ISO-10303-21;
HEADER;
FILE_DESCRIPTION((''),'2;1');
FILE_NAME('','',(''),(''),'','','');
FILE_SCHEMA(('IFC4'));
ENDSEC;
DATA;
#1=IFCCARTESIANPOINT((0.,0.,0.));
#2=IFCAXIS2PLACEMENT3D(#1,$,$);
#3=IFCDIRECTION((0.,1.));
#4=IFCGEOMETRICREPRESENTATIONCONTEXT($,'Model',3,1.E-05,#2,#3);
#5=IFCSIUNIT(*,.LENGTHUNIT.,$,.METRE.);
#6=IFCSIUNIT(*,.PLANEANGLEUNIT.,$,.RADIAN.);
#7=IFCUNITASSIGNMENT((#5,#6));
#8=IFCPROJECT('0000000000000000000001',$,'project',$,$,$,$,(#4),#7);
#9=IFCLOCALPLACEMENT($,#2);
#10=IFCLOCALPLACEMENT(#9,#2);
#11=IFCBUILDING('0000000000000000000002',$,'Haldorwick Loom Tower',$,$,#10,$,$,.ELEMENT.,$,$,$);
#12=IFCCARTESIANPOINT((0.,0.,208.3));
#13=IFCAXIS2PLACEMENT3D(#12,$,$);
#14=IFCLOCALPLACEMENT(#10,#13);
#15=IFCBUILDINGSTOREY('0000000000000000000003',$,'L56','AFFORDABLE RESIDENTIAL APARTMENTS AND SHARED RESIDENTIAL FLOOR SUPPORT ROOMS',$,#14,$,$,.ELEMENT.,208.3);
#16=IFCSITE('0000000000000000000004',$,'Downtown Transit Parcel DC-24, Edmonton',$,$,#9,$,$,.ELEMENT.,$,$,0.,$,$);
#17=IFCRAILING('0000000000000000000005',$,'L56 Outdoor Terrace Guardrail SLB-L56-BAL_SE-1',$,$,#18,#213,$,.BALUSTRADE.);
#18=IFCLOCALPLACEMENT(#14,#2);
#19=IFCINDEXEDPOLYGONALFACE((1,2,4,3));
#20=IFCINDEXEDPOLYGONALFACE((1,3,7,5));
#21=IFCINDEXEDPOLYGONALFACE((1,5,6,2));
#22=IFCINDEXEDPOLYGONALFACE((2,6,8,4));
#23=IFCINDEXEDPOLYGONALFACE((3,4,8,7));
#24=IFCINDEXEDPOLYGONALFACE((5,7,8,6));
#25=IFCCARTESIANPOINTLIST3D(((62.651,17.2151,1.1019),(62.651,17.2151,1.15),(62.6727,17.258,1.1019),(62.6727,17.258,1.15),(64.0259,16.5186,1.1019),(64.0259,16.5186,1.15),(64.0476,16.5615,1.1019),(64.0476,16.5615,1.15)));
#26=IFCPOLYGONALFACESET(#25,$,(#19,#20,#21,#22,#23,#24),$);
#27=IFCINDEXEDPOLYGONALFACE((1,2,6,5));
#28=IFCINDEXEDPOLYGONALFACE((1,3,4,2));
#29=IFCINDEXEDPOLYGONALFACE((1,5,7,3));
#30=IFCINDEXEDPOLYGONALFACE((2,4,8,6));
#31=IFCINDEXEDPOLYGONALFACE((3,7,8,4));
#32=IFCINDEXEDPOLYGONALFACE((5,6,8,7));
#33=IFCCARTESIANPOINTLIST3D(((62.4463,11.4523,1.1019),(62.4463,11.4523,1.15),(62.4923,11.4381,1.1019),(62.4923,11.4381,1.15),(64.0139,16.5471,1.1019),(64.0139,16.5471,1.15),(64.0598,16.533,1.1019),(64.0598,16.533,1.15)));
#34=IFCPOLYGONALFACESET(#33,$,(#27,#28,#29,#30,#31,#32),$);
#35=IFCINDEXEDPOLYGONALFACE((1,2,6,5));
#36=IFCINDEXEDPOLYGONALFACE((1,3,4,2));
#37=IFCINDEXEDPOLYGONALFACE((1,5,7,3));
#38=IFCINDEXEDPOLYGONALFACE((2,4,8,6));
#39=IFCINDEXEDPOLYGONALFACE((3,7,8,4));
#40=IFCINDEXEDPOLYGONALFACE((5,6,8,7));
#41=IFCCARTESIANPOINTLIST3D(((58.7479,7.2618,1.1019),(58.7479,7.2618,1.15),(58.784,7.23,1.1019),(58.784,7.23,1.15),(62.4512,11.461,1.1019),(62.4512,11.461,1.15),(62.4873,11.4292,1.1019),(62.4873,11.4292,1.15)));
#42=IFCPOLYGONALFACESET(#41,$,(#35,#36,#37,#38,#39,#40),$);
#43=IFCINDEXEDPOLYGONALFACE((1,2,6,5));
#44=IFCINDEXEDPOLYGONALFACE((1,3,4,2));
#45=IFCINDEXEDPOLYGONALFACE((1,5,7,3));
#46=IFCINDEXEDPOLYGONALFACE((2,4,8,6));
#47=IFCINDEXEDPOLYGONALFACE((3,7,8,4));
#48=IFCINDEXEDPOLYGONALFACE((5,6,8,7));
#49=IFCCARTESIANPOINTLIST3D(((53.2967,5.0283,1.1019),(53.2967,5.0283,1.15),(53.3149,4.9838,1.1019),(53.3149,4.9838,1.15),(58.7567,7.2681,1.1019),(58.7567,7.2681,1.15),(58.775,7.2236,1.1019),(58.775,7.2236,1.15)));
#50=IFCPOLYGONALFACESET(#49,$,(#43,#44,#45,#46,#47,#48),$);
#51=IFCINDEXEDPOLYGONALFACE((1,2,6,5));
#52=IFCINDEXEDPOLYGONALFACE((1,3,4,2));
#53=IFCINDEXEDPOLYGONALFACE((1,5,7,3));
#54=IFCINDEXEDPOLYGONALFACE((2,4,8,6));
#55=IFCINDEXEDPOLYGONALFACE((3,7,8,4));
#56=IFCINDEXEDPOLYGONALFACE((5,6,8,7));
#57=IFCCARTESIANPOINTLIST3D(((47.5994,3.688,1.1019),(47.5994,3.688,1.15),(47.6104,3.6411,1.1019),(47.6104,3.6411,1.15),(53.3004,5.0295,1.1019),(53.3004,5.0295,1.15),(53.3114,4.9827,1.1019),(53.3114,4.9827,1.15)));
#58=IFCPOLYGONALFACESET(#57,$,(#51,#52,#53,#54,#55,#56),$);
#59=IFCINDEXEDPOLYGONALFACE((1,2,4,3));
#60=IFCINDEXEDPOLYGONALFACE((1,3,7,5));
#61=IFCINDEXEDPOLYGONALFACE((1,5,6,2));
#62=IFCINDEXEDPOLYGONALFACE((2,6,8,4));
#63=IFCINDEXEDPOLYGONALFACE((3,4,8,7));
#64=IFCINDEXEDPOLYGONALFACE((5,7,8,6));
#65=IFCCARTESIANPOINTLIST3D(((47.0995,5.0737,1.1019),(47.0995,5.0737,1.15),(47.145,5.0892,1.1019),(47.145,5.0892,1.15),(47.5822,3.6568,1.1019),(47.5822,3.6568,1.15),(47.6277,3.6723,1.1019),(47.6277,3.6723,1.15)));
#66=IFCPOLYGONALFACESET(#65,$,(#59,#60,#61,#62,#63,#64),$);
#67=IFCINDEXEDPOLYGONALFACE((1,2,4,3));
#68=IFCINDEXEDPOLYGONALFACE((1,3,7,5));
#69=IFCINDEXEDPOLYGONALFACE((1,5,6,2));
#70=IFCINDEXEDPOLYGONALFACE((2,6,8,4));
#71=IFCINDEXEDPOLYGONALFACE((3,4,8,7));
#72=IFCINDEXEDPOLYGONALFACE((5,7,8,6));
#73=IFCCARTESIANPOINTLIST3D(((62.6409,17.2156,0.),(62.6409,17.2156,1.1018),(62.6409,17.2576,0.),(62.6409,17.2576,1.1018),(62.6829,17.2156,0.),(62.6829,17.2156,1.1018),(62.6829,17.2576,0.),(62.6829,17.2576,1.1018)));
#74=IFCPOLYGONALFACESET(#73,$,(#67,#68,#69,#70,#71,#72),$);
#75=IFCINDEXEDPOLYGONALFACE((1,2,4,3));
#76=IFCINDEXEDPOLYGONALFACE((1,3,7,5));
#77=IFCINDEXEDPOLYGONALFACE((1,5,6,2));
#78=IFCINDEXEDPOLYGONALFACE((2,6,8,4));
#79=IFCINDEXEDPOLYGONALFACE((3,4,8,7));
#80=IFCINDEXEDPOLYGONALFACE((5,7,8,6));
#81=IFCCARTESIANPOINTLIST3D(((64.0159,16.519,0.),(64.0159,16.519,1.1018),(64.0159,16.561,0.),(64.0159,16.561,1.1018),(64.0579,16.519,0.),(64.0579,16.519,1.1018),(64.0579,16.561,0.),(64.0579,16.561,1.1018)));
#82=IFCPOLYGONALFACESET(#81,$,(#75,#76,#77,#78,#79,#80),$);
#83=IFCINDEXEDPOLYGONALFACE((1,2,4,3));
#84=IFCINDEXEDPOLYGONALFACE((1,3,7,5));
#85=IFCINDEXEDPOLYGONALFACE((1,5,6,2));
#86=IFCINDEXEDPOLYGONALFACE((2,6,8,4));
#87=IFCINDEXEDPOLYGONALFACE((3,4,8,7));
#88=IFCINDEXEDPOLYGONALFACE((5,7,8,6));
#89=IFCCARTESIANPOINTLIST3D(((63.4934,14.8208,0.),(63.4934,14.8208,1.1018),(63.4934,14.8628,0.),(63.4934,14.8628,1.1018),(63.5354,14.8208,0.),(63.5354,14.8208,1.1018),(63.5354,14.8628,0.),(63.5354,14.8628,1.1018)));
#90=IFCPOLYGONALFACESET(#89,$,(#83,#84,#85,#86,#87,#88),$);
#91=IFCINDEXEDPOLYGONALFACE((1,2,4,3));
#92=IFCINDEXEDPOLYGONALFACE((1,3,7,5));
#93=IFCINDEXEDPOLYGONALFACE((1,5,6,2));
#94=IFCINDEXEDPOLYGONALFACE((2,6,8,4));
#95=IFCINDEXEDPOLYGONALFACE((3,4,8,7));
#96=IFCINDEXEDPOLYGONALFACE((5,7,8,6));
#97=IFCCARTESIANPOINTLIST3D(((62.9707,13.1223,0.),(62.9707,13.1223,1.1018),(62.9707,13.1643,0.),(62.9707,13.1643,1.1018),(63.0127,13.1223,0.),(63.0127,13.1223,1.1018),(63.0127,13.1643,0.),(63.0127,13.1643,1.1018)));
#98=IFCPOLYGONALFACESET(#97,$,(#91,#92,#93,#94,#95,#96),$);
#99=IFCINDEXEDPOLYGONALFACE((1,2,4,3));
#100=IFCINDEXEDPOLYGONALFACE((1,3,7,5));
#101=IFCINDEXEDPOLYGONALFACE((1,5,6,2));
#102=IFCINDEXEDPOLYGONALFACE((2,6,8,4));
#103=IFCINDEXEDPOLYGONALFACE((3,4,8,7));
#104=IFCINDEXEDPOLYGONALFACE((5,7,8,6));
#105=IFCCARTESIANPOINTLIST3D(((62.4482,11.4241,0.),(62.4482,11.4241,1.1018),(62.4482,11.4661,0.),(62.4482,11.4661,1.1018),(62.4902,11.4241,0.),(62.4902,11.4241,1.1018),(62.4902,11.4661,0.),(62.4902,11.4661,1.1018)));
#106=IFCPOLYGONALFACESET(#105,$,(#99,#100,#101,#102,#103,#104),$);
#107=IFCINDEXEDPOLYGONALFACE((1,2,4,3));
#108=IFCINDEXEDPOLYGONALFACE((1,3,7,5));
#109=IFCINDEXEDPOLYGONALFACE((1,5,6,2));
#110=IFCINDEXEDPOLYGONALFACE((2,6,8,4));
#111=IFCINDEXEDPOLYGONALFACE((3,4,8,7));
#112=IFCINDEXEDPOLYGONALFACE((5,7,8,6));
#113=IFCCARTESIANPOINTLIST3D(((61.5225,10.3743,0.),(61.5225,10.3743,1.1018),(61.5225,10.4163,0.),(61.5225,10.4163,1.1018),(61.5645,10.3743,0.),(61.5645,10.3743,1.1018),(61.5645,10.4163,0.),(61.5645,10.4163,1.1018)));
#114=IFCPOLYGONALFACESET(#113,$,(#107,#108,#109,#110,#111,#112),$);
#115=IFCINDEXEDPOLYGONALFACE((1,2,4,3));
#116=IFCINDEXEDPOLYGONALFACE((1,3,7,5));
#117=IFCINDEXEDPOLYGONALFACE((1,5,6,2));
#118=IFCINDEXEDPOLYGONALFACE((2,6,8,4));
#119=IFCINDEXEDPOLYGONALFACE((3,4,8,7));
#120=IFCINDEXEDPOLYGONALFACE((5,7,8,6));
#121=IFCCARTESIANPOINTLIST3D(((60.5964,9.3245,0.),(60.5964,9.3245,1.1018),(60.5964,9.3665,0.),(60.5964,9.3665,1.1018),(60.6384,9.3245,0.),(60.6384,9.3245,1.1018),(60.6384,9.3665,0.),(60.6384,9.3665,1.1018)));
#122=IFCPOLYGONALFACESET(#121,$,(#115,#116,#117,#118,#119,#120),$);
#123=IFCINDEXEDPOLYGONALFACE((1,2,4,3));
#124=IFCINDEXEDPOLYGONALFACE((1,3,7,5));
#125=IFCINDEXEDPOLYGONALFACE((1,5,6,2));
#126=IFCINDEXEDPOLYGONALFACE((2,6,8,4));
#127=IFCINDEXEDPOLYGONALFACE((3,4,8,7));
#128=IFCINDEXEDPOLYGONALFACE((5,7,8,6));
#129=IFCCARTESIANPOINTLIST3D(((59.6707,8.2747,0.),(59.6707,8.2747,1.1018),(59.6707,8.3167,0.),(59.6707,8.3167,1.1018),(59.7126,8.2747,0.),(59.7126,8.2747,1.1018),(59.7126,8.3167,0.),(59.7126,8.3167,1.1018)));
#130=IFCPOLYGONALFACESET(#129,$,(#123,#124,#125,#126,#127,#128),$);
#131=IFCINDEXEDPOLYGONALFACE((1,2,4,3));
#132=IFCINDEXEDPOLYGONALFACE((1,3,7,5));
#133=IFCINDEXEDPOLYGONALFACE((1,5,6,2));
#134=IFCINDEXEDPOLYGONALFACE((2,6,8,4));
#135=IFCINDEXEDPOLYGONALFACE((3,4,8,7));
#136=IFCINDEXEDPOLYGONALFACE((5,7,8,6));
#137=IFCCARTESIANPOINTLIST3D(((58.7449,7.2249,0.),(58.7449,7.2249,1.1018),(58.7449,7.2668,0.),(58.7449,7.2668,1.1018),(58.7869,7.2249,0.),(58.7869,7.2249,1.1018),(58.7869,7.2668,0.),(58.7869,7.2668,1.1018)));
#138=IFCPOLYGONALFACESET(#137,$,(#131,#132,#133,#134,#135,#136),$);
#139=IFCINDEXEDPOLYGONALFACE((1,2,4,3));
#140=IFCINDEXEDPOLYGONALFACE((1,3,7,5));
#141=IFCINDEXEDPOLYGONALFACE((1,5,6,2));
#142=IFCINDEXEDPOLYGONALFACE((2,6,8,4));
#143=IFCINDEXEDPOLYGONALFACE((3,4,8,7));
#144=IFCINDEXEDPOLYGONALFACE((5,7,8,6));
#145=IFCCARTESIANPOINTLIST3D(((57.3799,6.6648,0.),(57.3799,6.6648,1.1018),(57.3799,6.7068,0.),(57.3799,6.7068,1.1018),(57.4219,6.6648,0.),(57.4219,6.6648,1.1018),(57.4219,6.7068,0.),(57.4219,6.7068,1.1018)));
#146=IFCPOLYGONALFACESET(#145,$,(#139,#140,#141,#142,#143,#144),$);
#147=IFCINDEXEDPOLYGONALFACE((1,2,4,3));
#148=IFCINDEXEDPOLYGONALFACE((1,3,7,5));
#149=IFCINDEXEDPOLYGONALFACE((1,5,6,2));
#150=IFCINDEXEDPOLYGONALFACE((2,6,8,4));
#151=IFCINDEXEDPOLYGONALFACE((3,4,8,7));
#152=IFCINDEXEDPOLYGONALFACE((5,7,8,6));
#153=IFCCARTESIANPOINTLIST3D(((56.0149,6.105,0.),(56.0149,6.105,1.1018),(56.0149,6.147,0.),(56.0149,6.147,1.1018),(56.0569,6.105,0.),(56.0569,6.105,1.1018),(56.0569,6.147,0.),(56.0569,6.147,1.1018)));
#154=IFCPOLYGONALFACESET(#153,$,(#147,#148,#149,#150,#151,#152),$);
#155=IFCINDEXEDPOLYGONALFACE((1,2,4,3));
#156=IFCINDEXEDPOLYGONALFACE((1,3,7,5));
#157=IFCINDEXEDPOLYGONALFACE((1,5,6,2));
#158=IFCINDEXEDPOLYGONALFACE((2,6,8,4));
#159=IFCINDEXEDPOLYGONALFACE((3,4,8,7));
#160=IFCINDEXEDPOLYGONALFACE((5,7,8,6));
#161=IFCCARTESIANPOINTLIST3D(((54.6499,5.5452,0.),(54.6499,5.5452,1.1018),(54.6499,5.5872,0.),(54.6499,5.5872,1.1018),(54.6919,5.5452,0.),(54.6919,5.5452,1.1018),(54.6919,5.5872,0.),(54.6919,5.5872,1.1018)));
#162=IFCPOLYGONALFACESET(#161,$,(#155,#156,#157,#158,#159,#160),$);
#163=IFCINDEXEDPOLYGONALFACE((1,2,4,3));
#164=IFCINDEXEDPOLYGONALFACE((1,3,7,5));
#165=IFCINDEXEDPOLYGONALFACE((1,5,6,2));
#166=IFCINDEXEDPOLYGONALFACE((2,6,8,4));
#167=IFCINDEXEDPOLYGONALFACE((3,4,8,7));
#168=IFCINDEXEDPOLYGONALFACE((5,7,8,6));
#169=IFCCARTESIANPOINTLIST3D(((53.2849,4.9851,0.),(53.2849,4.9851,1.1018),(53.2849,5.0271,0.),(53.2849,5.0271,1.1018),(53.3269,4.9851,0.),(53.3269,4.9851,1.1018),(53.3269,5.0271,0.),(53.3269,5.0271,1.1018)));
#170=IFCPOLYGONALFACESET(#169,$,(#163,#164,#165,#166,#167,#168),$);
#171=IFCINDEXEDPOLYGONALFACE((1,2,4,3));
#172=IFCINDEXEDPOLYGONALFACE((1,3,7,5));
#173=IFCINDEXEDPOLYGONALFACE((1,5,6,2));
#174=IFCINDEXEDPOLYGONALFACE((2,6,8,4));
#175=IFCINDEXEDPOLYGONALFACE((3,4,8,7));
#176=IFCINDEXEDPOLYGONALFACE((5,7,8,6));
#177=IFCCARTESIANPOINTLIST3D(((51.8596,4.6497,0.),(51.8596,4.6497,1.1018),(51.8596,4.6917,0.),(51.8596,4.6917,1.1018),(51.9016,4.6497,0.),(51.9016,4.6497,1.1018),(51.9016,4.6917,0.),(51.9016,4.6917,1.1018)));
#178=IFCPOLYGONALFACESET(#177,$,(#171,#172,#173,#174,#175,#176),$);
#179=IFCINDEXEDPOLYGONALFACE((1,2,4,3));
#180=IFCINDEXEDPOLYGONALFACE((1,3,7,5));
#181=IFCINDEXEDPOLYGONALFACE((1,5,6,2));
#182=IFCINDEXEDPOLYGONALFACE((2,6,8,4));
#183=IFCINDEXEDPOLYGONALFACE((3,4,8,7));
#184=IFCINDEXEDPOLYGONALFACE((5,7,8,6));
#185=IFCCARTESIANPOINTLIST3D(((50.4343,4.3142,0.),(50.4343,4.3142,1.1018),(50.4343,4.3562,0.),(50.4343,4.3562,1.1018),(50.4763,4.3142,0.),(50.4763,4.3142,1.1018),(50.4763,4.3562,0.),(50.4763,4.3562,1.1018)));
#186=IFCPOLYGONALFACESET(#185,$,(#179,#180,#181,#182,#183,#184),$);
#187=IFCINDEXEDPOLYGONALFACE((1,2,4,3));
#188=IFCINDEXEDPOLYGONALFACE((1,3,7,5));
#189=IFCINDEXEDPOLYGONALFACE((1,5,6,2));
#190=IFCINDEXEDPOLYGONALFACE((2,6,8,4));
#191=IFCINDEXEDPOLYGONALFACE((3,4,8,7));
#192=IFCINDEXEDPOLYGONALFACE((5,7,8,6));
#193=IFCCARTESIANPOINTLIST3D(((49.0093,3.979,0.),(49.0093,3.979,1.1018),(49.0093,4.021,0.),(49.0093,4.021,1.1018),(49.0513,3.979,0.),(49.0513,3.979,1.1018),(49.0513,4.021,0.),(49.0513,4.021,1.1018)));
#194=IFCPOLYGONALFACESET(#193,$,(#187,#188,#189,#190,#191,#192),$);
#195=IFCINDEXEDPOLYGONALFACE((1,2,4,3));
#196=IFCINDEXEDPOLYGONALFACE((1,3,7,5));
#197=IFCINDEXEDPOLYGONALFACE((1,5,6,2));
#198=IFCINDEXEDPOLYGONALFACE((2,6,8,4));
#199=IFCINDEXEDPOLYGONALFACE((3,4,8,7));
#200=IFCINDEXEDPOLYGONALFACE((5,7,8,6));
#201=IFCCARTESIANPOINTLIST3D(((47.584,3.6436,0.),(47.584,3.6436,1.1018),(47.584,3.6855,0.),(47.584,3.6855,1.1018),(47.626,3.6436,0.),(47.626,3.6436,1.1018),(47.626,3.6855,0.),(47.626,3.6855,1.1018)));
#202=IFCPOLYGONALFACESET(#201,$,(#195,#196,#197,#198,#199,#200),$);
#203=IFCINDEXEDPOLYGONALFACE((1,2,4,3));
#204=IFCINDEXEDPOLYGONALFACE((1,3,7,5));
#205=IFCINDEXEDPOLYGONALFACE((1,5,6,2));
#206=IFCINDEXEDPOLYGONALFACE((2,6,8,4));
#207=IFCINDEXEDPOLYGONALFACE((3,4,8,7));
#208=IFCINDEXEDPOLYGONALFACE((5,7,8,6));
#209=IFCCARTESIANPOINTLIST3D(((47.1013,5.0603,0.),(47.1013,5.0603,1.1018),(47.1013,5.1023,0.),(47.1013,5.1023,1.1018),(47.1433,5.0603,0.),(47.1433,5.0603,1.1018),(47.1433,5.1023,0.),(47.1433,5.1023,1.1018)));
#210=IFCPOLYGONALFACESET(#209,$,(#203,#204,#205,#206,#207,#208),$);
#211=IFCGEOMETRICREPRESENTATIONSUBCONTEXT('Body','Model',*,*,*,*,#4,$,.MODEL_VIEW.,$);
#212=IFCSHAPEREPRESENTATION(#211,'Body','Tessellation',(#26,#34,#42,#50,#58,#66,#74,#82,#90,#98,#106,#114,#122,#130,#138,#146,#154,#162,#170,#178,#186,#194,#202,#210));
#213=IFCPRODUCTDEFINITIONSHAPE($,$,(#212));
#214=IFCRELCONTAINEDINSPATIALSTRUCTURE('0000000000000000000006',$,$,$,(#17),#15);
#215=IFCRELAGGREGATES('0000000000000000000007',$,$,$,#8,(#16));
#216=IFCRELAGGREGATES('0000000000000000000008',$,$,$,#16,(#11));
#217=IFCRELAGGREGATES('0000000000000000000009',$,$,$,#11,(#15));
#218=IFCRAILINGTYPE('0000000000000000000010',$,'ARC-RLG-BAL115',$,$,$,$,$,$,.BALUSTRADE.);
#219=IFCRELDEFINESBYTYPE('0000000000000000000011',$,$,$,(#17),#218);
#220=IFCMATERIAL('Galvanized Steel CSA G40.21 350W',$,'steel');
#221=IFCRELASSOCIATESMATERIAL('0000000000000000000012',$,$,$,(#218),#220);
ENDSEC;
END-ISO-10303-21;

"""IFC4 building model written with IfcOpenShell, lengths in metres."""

from ifc_helpers import new_model, si_unit, direction, frame, origin, origin_2d, place, context, subcontext, project, spatial, rectangle, extrude, material, type_object, element, save


model = new_model("IFC4")

# Units and contexts
model_context = context("Model", 3, precision=1e-05, world=origin(), true_north=direction((0.0, 1.0)))
body_context = subcontext(model_context, "Body", "Model", "MODEL_VIEW")
ifc_project = project(units=[si_unit("LENGTHUNIT", "METRE"), si_unit("PLANEANGLEUNIT", "RADIAN")], contexts=[model_context])

# Site, building, storey
site_placement = place(None, origin())
site = spatial("IfcSite", under=ifc_project, at=site_placement, Name="Downtown Transit Parcel DC-24, Edmonton", CompositionType="ELEMENT", RefElevation=0.0)
building_placement = place(site_placement, origin())
building = spatial("IfcBuilding", under=site, at=building_placement, Name="Haldorwick Loom Tower", CompositionType="ELEMENT")
storey_placement = place(building_placement, frame((0.0, 0.0, 208.3)))
storey = spatial("IfcBuildingStorey", under=building, at=storey_placement, Name="L56", Description="AFFORDABLE RESIDENTIAL APARTMENTS AND SHARED RESIDENTIAL FLOOR SUPPORT ROOMS", CompositionType="ELEMENT", Elevation=208.3)

# Railing
ifc_material_1 = material(Name="Galvanized Steel CSA G40.21 350W", Category="steel")
railing_type = type_object("IfcRailingType", Name="ARC-RLG-BAL115", PredefinedType="BALUSTRADE", material=ifc_material_1)
railing_placement = place(storey_placement, frame((62.6619, 17.2366, 0.0)))
element("IfcRailing", 1, at=railing_placement, inside=storey, type_object=railing_type, Name="L56 Outdoor Terrace Guardrail SLB-L56-BAL_SE-1", PredefinedType="BALUSTRADE", context=body_context, shape_type="SweptSolid", body=[
    extrude(rectangle(XDim=0.0481, YDim=0.0481, at=origin_2d()), frame((0.0, 0.0, 1.126), z_axis=(0.892071, -0.451896, 0.0), x_axis=(0.451896, 0.892071, 0.0)), (0.0, 0.0, 1.0), 1.5413),
    extrude(rectangle(XDim=0.0481, YDim=0.0481, at=origin_2d()), frame((1.375, -0.6965, 1.126), z_axis=(-0.294076, -0.955782, 0.0), x_axis=(0.955782, -0.294076, 0.0)), (0.0, 0.0, 1.0), 5.3306),
    extrude(rectangle(XDim=0.0481, YDim=0.0481, at=origin_2d()), frame((-0.1926, -5.7915, 1.126), z_axis=(-0.661438, -0.749999, 0.0), x_axis=(0.749999, -0.661438, 0.0)), (0.0, 0.0, 1.0), 5.5989),
    extrude(rectangle(XDim=0.0481, YDim=0.0481, at=origin_2d()), frame((-3.896, -9.9907, 1.126), z_axis=(-0.925183, -0.379522, 0.0), x_axis=(0.379522, -0.925183, 0.0)), (0.0, 0.0, 1.0), 5.9016),
    extrude(rectangle(XDim=0.0481, YDim=0.0481, at=origin_2d()), frame((-9.356, -12.2305, 1.126), z_axis=(-0.973411, -0.229065, 0.0), x_axis=(0.229065, -0.973411, 0.0)), (0.0, 0.0, 1.0), 5.8567),
    extrude(rectangle(XDim=0.0481, YDim=0.0481, at=origin_2d()), frame((-15.0569, -13.572, 1.126), z_axis=(-0.322485, 0.946575, 0.0), x_axis=(-0.946575, -0.322485, 0.0)), (0.0, 0.0, 1.0), 1.4968),
    extrude(rectangle(XDim=0.042, YDim=0.042, at=origin_2d()), origin(), (0.0, 0.0, 1.0), 1.1018),
    extrude(rectangle(XDim=0.042, YDim=0.042, at=origin_2d()), frame((1.375, -0.6965, 0.0)), (0.0, 0.0, 1.0), 1.1018),
    extrude(rectangle(XDim=0.042, YDim=0.042, at=origin_2d()), frame((0.8525, -2.3948, 0.0)), (0.0, 0.0, 1.0), 1.1018),
    extrude(rectangle(XDim=0.042, YDim=0.042, at=origin_2d()), frame((0.3298, -4.0933, 0.0)), (0.0, 0.0, 1.0), 1.1018),
    extrude(rectangle(XDim=0.042, YDim=0.042, at=origin_2d()), frame((-0.1926, -5.7915, 0.0)), (0.0, 0.0, 1.0), 1.1018),
    extrude(rectangle(XDim=0.042, YDim=0.042, at=origin_2d()), frame((-1.1184, -6.8413, 0.0)), (0.0, 0.0, 1.0), 1.1018),
    extrude(rectangle(XDim=0.042, YDim=0.042, at=origin_2d()), frame((-2.0444, -7.8911, 0.0)), (0.0, 0.0, 1.0), 1.1018),
    extrude(rectangle(XDim=0.042, YDim=0.042, at=origin_2d()), frame((-2.9702, -8.9409, 0.0)), (0.0, 0.0, 1.0), 1.1018),
    extrude(rectangle(XDim=0.042, YDim=0.042, at=origin_2d()), frame((-3.896, -9.9907, 0.0)), (0.0, 0.0, 1.0), 1.1018),
    extrude(rectangle(XDim=0.042, YDim=0.042, at=origin_2d()), frame((-5.261, -10.5508, 0.0)), (0.0, 0.0, 1.0), 1.1018),
    extrude(rectangle(XDim=0.042, YDim=0.042, at=origin_2d()), frame((-6.626, -11.1106, 0.0)), (0.0, 0.0, 1.0), 1.1018),
    extrude(rectangle(XDim=0.042, YDim=0.042, at=origin_2d()), frame((-7.991, -11.6704, 0.0)), (0.0, 0.0, 1.0), 1.1018),
    extrude(rectangle(XDim=0.042, YDim=0.042, at=origin_2d()), frame((-9.356, -12.2305, 0.0)), (0.0, 0.0, 1.0), 1.1018),
    extrude(rectangle(XDim=0.042, YDim=0.042, at=origin_2d()), frame((-10.7812, -12.5659, 0.0)), (0.0, 0.0, 1.0), 1.1018),
    extrude(rectangle(XDim=0.042, YDim=0.042, at=origin_2d()), frame((-12.2065, -12.9014, 0.0)), (0.0, 0.0, 1.0), 1.1018),
    extrude(rectangle(XDim=0.042, YDim=0.042, at=origin_2d()), frame((-13.6316, -13.2366, 0.0)), (0.0, 0.0, 1.0), 1.1018),
    extrude(rectangle(XDim=0.042, YDim=0.042, at=origin_2d()), frame((-15.0569, -13.572, 0.0)), (0.0, 0.0, 1.0), 1.1018),
    extrude(rectangle(XDim=0.042, YDim=0.042, at=origin_2d()), frame((-15.5396, -12.1553, 0.0)), (0.0, 0.0, 1.0), 1.1018),
])

save(model, "model.ifc")
